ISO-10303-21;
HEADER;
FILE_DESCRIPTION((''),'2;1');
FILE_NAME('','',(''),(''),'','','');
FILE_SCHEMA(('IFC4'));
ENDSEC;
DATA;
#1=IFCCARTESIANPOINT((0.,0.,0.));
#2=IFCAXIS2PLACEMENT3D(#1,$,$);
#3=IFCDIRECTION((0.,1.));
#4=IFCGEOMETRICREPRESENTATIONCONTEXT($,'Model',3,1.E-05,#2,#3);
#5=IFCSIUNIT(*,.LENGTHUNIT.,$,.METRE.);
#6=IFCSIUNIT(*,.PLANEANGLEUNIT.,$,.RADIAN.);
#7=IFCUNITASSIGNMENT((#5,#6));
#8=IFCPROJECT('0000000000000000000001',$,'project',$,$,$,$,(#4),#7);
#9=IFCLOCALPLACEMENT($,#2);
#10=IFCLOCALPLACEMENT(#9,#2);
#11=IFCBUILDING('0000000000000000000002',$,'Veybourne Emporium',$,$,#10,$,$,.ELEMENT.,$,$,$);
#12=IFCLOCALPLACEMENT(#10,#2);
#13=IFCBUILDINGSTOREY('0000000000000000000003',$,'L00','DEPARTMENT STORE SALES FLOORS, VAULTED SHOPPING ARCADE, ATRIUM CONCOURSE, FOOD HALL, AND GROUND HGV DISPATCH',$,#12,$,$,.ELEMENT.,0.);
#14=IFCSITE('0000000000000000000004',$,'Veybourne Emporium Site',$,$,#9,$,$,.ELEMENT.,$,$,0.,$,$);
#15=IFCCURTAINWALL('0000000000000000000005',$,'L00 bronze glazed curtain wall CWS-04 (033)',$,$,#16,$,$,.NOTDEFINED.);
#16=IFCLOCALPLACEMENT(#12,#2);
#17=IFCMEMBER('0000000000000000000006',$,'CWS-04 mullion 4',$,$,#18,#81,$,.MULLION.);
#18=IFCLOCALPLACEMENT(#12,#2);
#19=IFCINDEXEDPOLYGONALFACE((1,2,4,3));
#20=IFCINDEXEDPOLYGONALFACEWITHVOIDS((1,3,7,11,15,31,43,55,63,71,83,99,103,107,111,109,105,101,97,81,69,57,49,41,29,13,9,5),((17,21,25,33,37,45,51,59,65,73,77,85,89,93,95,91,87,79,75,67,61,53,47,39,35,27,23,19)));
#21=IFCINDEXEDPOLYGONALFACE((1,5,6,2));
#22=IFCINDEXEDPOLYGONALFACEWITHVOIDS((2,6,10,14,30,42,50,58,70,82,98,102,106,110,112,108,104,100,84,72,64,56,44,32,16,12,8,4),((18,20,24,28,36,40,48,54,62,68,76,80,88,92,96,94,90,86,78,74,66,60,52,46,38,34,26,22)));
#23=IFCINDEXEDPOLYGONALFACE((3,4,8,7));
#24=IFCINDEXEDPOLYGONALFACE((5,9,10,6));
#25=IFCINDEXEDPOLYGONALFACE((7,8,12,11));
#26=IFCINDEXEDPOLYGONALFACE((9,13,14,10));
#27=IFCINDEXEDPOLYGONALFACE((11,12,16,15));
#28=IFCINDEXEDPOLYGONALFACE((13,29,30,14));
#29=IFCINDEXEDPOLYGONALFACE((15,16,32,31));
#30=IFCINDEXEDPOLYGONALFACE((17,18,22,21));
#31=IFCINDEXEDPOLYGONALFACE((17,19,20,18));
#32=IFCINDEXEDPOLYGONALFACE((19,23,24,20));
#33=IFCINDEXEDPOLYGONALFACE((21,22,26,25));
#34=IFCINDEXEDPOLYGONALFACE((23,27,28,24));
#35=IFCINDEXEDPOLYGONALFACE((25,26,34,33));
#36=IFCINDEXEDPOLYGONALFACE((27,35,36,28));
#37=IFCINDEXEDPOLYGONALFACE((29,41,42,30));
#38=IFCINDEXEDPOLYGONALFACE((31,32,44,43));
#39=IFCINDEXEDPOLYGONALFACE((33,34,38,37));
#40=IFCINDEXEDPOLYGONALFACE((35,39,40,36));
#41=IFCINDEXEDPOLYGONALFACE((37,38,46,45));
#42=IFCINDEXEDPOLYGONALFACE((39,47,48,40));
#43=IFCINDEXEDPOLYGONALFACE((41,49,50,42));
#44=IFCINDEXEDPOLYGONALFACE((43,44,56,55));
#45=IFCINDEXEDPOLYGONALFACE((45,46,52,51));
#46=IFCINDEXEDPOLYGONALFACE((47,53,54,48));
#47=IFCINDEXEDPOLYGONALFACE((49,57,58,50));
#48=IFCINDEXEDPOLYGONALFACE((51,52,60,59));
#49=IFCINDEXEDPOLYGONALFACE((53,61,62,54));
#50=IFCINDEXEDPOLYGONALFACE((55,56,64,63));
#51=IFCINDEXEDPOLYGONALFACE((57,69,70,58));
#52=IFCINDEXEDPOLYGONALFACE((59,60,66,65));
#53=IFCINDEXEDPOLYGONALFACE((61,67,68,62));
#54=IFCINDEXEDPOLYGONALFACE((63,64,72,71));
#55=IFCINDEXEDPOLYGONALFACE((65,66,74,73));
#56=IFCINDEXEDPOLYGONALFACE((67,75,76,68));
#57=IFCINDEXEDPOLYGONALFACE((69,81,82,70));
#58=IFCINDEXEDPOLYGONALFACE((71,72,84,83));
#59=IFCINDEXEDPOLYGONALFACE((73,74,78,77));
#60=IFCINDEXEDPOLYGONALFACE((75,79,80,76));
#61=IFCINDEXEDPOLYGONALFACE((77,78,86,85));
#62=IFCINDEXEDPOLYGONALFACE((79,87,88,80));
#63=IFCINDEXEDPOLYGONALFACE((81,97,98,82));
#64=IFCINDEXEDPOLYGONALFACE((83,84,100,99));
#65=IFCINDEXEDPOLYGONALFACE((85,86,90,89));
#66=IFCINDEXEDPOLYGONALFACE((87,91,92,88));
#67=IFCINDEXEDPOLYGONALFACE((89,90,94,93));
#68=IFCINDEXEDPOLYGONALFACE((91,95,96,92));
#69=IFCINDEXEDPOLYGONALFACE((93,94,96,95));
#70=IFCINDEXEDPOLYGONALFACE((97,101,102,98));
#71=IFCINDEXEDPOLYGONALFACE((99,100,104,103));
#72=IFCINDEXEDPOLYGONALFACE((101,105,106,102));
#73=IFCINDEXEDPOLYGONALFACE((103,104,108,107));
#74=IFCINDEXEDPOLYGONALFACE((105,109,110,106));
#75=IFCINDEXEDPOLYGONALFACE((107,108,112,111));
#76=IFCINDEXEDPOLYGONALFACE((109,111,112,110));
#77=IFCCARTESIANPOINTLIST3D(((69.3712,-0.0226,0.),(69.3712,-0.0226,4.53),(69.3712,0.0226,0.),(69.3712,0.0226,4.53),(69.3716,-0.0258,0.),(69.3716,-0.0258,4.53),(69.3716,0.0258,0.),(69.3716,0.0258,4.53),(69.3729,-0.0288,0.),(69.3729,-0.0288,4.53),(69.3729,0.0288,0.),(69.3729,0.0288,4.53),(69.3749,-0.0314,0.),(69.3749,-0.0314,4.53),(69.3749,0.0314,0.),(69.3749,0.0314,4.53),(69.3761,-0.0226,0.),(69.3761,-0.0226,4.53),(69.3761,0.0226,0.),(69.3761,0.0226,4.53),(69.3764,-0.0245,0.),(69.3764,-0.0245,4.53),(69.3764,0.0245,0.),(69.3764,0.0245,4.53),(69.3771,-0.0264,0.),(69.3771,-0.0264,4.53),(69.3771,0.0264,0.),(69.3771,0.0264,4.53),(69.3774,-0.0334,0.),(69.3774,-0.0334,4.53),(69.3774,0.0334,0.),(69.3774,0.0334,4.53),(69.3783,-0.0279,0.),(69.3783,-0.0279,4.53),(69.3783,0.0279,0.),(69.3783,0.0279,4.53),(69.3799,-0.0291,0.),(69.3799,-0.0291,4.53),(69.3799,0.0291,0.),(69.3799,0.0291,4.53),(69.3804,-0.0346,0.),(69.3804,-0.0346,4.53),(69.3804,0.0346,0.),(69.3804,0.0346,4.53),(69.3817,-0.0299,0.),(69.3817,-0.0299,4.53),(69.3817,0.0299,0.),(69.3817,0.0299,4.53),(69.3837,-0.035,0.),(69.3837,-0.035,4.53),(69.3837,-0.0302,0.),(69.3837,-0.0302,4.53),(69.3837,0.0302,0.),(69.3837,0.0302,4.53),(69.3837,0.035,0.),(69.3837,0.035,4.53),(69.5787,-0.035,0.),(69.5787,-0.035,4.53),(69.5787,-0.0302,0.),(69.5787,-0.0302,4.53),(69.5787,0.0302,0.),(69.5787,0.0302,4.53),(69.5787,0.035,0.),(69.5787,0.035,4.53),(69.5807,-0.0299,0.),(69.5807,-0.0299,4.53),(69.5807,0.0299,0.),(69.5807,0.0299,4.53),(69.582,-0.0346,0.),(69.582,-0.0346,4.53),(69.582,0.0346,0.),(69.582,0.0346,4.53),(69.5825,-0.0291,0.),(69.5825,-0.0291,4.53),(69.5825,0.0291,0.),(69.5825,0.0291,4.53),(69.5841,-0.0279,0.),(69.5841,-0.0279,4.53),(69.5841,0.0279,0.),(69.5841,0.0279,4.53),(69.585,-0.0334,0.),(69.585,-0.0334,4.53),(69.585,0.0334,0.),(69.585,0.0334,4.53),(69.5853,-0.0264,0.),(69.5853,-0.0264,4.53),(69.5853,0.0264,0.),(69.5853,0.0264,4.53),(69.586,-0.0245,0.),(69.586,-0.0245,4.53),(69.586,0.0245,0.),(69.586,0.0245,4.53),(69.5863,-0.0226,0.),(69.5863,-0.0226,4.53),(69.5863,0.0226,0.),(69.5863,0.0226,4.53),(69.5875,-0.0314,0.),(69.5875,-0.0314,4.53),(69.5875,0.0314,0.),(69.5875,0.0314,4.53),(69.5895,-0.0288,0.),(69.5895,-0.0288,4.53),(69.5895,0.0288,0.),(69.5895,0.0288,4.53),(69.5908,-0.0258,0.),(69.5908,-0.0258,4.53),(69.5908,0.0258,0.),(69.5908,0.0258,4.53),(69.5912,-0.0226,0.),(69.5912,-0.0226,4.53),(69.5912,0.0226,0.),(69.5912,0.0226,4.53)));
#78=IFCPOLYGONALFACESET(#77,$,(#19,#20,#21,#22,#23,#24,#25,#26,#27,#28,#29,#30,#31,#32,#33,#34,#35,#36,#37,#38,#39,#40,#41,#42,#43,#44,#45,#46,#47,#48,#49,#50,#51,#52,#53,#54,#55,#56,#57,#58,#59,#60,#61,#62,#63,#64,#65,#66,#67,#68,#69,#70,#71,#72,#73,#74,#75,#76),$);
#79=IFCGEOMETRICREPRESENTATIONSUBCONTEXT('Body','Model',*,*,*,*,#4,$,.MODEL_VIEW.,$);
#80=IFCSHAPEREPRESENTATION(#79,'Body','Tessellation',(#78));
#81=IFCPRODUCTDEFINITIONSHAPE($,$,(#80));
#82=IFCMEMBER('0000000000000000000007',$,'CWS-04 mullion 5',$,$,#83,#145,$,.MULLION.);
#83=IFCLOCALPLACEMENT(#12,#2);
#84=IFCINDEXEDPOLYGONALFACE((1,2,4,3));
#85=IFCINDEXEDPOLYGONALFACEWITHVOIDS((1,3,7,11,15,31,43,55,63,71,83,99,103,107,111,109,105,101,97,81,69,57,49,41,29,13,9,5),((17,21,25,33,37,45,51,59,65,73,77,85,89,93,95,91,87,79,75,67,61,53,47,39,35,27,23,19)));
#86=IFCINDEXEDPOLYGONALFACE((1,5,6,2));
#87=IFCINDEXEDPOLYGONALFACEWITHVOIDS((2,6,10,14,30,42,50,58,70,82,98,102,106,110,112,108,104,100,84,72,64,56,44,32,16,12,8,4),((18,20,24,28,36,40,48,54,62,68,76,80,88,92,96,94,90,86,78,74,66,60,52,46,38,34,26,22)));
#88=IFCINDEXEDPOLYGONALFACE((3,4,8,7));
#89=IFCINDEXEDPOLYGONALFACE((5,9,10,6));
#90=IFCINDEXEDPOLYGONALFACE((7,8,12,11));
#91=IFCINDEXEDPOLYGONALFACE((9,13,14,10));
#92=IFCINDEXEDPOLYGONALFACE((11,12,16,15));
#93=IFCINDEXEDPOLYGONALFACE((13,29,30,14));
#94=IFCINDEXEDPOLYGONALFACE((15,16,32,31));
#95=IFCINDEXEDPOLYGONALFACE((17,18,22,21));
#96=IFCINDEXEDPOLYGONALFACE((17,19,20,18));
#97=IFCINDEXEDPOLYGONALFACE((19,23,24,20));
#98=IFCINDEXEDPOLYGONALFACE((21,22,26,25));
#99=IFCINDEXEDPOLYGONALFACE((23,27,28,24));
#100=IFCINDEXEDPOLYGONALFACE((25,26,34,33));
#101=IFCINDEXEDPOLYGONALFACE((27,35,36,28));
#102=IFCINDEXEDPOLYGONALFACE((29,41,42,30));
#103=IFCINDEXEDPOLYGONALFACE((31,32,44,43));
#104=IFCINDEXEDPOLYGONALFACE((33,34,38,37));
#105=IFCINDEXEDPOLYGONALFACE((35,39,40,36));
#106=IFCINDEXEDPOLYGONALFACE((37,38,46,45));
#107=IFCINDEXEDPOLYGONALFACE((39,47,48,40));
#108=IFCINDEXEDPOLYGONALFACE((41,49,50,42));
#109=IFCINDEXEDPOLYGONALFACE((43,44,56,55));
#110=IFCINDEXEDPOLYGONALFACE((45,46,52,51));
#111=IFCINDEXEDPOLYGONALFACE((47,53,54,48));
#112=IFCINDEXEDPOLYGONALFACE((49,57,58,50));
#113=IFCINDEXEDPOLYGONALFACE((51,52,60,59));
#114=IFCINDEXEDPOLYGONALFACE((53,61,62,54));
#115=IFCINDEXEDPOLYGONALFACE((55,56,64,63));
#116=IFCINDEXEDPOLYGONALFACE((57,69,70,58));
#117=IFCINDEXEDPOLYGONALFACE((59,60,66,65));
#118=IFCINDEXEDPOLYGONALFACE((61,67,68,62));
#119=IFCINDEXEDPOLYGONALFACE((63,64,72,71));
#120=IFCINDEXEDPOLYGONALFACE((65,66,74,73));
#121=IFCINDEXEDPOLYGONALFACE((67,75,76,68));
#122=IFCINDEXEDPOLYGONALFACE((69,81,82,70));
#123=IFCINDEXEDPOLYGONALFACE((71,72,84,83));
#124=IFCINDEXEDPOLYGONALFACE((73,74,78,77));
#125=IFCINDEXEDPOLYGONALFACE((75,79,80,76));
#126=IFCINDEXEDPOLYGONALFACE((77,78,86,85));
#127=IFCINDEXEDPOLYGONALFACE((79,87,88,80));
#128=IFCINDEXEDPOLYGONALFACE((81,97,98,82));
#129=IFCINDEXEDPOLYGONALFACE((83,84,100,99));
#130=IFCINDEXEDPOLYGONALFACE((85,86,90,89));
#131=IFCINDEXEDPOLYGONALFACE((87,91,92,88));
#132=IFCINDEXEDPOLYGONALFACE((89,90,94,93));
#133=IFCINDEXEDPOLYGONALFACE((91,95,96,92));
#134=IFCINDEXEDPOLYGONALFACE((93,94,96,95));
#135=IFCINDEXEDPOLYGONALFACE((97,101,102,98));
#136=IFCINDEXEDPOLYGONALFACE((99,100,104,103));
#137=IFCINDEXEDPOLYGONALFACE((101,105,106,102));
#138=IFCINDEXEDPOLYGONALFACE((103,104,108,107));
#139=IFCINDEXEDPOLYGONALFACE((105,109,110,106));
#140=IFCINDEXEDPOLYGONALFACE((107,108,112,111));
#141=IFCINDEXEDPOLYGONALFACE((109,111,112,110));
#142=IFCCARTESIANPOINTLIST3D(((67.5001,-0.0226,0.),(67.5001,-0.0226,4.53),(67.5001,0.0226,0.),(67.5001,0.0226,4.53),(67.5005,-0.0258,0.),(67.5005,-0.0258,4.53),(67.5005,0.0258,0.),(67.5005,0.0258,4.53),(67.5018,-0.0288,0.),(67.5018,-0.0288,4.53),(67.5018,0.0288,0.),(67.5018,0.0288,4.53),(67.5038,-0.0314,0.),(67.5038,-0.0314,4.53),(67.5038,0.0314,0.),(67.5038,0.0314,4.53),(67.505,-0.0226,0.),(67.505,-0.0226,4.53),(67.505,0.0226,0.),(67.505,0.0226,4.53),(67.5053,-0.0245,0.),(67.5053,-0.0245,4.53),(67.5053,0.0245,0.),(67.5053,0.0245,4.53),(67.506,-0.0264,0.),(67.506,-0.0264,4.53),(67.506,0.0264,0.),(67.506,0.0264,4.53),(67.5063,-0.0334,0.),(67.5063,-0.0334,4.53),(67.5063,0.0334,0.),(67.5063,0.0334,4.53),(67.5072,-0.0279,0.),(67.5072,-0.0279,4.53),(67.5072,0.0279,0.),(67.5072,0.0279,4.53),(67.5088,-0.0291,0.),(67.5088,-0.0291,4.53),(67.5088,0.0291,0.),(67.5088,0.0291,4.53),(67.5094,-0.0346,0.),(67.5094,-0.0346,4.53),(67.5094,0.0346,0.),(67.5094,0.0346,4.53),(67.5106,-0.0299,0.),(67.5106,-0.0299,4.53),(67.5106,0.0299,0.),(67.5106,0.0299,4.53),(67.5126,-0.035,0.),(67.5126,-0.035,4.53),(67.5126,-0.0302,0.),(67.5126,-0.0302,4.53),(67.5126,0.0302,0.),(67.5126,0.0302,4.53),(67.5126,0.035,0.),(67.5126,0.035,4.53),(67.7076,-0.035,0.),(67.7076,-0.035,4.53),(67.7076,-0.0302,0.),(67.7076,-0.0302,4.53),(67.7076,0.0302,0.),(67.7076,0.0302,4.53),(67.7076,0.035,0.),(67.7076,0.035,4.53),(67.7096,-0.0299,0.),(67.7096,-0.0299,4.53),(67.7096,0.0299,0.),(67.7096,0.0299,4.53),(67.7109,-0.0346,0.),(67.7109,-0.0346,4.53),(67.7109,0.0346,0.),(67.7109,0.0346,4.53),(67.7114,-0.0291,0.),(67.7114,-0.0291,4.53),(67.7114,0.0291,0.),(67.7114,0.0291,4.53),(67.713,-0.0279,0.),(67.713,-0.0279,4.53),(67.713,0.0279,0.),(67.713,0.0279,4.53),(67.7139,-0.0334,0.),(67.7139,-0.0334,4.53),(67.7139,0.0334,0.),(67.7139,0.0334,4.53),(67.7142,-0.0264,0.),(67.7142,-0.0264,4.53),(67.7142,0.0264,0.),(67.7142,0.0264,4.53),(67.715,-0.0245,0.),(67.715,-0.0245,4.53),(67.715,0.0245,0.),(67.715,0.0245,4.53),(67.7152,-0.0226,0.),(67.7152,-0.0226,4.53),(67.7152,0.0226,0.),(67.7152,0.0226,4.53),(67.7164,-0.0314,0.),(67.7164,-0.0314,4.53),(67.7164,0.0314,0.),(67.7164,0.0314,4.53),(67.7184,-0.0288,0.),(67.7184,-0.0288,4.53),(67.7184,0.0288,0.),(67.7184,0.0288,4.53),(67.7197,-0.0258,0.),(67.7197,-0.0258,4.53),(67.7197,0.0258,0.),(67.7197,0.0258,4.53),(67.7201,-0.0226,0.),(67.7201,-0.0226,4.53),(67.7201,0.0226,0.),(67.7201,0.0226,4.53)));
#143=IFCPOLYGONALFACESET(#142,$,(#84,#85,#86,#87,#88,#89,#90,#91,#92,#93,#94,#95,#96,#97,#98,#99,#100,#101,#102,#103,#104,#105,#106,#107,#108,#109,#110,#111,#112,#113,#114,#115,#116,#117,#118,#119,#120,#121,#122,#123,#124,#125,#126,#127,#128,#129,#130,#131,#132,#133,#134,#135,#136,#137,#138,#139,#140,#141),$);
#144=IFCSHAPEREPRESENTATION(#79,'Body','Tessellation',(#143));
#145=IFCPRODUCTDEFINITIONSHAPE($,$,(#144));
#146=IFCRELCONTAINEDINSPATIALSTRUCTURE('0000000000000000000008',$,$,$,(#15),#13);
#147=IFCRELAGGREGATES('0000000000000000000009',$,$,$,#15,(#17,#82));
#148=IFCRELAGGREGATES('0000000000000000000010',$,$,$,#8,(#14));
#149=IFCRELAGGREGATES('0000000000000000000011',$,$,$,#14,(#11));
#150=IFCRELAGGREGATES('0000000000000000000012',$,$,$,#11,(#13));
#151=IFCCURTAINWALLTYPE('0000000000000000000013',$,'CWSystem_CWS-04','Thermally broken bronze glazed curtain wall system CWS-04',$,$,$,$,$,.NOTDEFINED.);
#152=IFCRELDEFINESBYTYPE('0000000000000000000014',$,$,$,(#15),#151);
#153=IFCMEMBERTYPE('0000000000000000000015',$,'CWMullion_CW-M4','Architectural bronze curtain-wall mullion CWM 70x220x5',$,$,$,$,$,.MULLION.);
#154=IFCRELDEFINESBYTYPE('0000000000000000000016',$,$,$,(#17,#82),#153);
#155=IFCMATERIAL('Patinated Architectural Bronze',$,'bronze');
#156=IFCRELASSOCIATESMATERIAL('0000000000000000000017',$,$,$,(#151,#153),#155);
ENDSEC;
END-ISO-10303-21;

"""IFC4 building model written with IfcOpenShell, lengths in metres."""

from ifc_helpers import new_model, si_unit, direction, frame, origin, origin_2d, place, context, subcontext, project, spatial, hollow_rectangle, extrude, material, material_profile, profile_set, type_object, element, aggregate, save


model = new_model("IFC4")

# Units and contexts
model_context = context("Model", 3, precision=1e-05, world=origin(), true_north=direction((0.0, 1.0)))
body_context = subcontext(model_context, "Body", "Model", "MODEL_VIEW")
ifc_project = project(units=[si_unit("LENGTHUNIT", "METRE"), si_unit("PLANEANGLEUNIT", "RADIAN")], contexts=[model_context])

# Site, building, storey
site_placement = place(None, origin())
site = spatial("IfcSite", under=ifc_project, at=site_placement, Name="Veybourne Emporium Site", CompositionType="ELEMENT", RefElevation=0.0)
building_placement = place(site_placement, origin())
building = spatial("IfcBuilding", under=site, at=building_placement, Name="Veybourne Emporium", CompositionType="ELEMENT")
storey_placement = place(building_placement, origin())
storey = spatial("IfcBuildingStorey", under=building, at=storey_placement, Name="L00", Description="DEPARTMENT STORE SALES FLOORS, VAULTED SHOPPING ARCADE, ATRIUM CONCOURSE, FOOD HALL, AND GROUND HGV DISPATCH", CompositionType="ELEMENT", Elevation=0.0)

# Curtain wall, members
ifc_material_1 = material(Name="Patinated Architectural Bronze", Category="bronze")
curtain_wall_type = type_object("IfcCurtainWallType", Name="CWSystem_CWS-04", Description="Thermally broken bronze glazed curtain wall system CWS-04", PredefinedType="NOTDEFINED", material=ifc_material_1)
curtain_wall_placement = place(storey_placement, origin())
curtain_wall = element("IfcCurtainWall", 1, at=curtain_wall_placement, inside=storey, type_object=curtain_wall_type, Name="L00 bronze glazed curtain wall CWS-04 (033)", PredefinedType="NOTDEFINED")
ifc_material_profile_1 = material_profile(ifc_material_1, hollow_rectangle(XDim=0.0701, YDim=0.22, WallThickness=0.0049, InnerFilletRadius=0.0076, OuterFilletRadius=0.0125, at=origin_2d()), Name="CWM 70x220x5")
ifc_profile_set_1 = profile_set([ifc_material_profile_1], Name="Patinated Architectural Bronze")
member_type_1 = type_object("IfcMemberType", Name="CWMullion_CW-M4", Description="Architectural bronze curtain-wall mullion CWM 70x220x5", PredefinedType="MULLION", material=ifc_profile_set_1)
member_1_placement = place(storey_placement, frame((69.4812, 0.0, 0.0), z_axis=(0.0, 0.0, 1.0), x_axis=(0.0, -1.0, 0.0)))
member_1 = element("IfcMember", 2, at=member_1_placement, type_object=member_type_1, Name="CWS-04 mullion 4", PredefinedType="MULLION", context=body_context, shape_type="SweptSolid", body=[
    extrude(hollow_rectangle(XDim=0.0701, YDim=0.22, WallThickness=0.0049, InnerFilletRadius=0.0076, OuterFilletRadius=0.0125, at=origin_2d()), origin(), (0.0, 0.0, 1.0), 4.53),
])
member_2_placement = place(storey_placement, frame((67.6101, 0.0, 0.0), z_axis=(0.0, 0.0, 1.0), x_axis=(0.0, -1.0, 0.0)))
member_2 = element("IfcMember", 3, at=member_2_placement, type_object=member_type_1, Name="CWS-04 mullion 5", PredefinedType="MULLION", context=body_context, shape_type="SweptSolid", body=[
    extrude(hollow_rectangle(XDim=0.0701, YDim=0.22, WallThickness=0.0049, InnerFilletRadius=0.0076, OuterFilletRadius=0.0125, at=origin_2d()), origin(), (0.0, 0.0, 1.0), 4.53),
])

aggregate(curtain_wall, [member_1, member_2])

save(model, "model.ifc")
